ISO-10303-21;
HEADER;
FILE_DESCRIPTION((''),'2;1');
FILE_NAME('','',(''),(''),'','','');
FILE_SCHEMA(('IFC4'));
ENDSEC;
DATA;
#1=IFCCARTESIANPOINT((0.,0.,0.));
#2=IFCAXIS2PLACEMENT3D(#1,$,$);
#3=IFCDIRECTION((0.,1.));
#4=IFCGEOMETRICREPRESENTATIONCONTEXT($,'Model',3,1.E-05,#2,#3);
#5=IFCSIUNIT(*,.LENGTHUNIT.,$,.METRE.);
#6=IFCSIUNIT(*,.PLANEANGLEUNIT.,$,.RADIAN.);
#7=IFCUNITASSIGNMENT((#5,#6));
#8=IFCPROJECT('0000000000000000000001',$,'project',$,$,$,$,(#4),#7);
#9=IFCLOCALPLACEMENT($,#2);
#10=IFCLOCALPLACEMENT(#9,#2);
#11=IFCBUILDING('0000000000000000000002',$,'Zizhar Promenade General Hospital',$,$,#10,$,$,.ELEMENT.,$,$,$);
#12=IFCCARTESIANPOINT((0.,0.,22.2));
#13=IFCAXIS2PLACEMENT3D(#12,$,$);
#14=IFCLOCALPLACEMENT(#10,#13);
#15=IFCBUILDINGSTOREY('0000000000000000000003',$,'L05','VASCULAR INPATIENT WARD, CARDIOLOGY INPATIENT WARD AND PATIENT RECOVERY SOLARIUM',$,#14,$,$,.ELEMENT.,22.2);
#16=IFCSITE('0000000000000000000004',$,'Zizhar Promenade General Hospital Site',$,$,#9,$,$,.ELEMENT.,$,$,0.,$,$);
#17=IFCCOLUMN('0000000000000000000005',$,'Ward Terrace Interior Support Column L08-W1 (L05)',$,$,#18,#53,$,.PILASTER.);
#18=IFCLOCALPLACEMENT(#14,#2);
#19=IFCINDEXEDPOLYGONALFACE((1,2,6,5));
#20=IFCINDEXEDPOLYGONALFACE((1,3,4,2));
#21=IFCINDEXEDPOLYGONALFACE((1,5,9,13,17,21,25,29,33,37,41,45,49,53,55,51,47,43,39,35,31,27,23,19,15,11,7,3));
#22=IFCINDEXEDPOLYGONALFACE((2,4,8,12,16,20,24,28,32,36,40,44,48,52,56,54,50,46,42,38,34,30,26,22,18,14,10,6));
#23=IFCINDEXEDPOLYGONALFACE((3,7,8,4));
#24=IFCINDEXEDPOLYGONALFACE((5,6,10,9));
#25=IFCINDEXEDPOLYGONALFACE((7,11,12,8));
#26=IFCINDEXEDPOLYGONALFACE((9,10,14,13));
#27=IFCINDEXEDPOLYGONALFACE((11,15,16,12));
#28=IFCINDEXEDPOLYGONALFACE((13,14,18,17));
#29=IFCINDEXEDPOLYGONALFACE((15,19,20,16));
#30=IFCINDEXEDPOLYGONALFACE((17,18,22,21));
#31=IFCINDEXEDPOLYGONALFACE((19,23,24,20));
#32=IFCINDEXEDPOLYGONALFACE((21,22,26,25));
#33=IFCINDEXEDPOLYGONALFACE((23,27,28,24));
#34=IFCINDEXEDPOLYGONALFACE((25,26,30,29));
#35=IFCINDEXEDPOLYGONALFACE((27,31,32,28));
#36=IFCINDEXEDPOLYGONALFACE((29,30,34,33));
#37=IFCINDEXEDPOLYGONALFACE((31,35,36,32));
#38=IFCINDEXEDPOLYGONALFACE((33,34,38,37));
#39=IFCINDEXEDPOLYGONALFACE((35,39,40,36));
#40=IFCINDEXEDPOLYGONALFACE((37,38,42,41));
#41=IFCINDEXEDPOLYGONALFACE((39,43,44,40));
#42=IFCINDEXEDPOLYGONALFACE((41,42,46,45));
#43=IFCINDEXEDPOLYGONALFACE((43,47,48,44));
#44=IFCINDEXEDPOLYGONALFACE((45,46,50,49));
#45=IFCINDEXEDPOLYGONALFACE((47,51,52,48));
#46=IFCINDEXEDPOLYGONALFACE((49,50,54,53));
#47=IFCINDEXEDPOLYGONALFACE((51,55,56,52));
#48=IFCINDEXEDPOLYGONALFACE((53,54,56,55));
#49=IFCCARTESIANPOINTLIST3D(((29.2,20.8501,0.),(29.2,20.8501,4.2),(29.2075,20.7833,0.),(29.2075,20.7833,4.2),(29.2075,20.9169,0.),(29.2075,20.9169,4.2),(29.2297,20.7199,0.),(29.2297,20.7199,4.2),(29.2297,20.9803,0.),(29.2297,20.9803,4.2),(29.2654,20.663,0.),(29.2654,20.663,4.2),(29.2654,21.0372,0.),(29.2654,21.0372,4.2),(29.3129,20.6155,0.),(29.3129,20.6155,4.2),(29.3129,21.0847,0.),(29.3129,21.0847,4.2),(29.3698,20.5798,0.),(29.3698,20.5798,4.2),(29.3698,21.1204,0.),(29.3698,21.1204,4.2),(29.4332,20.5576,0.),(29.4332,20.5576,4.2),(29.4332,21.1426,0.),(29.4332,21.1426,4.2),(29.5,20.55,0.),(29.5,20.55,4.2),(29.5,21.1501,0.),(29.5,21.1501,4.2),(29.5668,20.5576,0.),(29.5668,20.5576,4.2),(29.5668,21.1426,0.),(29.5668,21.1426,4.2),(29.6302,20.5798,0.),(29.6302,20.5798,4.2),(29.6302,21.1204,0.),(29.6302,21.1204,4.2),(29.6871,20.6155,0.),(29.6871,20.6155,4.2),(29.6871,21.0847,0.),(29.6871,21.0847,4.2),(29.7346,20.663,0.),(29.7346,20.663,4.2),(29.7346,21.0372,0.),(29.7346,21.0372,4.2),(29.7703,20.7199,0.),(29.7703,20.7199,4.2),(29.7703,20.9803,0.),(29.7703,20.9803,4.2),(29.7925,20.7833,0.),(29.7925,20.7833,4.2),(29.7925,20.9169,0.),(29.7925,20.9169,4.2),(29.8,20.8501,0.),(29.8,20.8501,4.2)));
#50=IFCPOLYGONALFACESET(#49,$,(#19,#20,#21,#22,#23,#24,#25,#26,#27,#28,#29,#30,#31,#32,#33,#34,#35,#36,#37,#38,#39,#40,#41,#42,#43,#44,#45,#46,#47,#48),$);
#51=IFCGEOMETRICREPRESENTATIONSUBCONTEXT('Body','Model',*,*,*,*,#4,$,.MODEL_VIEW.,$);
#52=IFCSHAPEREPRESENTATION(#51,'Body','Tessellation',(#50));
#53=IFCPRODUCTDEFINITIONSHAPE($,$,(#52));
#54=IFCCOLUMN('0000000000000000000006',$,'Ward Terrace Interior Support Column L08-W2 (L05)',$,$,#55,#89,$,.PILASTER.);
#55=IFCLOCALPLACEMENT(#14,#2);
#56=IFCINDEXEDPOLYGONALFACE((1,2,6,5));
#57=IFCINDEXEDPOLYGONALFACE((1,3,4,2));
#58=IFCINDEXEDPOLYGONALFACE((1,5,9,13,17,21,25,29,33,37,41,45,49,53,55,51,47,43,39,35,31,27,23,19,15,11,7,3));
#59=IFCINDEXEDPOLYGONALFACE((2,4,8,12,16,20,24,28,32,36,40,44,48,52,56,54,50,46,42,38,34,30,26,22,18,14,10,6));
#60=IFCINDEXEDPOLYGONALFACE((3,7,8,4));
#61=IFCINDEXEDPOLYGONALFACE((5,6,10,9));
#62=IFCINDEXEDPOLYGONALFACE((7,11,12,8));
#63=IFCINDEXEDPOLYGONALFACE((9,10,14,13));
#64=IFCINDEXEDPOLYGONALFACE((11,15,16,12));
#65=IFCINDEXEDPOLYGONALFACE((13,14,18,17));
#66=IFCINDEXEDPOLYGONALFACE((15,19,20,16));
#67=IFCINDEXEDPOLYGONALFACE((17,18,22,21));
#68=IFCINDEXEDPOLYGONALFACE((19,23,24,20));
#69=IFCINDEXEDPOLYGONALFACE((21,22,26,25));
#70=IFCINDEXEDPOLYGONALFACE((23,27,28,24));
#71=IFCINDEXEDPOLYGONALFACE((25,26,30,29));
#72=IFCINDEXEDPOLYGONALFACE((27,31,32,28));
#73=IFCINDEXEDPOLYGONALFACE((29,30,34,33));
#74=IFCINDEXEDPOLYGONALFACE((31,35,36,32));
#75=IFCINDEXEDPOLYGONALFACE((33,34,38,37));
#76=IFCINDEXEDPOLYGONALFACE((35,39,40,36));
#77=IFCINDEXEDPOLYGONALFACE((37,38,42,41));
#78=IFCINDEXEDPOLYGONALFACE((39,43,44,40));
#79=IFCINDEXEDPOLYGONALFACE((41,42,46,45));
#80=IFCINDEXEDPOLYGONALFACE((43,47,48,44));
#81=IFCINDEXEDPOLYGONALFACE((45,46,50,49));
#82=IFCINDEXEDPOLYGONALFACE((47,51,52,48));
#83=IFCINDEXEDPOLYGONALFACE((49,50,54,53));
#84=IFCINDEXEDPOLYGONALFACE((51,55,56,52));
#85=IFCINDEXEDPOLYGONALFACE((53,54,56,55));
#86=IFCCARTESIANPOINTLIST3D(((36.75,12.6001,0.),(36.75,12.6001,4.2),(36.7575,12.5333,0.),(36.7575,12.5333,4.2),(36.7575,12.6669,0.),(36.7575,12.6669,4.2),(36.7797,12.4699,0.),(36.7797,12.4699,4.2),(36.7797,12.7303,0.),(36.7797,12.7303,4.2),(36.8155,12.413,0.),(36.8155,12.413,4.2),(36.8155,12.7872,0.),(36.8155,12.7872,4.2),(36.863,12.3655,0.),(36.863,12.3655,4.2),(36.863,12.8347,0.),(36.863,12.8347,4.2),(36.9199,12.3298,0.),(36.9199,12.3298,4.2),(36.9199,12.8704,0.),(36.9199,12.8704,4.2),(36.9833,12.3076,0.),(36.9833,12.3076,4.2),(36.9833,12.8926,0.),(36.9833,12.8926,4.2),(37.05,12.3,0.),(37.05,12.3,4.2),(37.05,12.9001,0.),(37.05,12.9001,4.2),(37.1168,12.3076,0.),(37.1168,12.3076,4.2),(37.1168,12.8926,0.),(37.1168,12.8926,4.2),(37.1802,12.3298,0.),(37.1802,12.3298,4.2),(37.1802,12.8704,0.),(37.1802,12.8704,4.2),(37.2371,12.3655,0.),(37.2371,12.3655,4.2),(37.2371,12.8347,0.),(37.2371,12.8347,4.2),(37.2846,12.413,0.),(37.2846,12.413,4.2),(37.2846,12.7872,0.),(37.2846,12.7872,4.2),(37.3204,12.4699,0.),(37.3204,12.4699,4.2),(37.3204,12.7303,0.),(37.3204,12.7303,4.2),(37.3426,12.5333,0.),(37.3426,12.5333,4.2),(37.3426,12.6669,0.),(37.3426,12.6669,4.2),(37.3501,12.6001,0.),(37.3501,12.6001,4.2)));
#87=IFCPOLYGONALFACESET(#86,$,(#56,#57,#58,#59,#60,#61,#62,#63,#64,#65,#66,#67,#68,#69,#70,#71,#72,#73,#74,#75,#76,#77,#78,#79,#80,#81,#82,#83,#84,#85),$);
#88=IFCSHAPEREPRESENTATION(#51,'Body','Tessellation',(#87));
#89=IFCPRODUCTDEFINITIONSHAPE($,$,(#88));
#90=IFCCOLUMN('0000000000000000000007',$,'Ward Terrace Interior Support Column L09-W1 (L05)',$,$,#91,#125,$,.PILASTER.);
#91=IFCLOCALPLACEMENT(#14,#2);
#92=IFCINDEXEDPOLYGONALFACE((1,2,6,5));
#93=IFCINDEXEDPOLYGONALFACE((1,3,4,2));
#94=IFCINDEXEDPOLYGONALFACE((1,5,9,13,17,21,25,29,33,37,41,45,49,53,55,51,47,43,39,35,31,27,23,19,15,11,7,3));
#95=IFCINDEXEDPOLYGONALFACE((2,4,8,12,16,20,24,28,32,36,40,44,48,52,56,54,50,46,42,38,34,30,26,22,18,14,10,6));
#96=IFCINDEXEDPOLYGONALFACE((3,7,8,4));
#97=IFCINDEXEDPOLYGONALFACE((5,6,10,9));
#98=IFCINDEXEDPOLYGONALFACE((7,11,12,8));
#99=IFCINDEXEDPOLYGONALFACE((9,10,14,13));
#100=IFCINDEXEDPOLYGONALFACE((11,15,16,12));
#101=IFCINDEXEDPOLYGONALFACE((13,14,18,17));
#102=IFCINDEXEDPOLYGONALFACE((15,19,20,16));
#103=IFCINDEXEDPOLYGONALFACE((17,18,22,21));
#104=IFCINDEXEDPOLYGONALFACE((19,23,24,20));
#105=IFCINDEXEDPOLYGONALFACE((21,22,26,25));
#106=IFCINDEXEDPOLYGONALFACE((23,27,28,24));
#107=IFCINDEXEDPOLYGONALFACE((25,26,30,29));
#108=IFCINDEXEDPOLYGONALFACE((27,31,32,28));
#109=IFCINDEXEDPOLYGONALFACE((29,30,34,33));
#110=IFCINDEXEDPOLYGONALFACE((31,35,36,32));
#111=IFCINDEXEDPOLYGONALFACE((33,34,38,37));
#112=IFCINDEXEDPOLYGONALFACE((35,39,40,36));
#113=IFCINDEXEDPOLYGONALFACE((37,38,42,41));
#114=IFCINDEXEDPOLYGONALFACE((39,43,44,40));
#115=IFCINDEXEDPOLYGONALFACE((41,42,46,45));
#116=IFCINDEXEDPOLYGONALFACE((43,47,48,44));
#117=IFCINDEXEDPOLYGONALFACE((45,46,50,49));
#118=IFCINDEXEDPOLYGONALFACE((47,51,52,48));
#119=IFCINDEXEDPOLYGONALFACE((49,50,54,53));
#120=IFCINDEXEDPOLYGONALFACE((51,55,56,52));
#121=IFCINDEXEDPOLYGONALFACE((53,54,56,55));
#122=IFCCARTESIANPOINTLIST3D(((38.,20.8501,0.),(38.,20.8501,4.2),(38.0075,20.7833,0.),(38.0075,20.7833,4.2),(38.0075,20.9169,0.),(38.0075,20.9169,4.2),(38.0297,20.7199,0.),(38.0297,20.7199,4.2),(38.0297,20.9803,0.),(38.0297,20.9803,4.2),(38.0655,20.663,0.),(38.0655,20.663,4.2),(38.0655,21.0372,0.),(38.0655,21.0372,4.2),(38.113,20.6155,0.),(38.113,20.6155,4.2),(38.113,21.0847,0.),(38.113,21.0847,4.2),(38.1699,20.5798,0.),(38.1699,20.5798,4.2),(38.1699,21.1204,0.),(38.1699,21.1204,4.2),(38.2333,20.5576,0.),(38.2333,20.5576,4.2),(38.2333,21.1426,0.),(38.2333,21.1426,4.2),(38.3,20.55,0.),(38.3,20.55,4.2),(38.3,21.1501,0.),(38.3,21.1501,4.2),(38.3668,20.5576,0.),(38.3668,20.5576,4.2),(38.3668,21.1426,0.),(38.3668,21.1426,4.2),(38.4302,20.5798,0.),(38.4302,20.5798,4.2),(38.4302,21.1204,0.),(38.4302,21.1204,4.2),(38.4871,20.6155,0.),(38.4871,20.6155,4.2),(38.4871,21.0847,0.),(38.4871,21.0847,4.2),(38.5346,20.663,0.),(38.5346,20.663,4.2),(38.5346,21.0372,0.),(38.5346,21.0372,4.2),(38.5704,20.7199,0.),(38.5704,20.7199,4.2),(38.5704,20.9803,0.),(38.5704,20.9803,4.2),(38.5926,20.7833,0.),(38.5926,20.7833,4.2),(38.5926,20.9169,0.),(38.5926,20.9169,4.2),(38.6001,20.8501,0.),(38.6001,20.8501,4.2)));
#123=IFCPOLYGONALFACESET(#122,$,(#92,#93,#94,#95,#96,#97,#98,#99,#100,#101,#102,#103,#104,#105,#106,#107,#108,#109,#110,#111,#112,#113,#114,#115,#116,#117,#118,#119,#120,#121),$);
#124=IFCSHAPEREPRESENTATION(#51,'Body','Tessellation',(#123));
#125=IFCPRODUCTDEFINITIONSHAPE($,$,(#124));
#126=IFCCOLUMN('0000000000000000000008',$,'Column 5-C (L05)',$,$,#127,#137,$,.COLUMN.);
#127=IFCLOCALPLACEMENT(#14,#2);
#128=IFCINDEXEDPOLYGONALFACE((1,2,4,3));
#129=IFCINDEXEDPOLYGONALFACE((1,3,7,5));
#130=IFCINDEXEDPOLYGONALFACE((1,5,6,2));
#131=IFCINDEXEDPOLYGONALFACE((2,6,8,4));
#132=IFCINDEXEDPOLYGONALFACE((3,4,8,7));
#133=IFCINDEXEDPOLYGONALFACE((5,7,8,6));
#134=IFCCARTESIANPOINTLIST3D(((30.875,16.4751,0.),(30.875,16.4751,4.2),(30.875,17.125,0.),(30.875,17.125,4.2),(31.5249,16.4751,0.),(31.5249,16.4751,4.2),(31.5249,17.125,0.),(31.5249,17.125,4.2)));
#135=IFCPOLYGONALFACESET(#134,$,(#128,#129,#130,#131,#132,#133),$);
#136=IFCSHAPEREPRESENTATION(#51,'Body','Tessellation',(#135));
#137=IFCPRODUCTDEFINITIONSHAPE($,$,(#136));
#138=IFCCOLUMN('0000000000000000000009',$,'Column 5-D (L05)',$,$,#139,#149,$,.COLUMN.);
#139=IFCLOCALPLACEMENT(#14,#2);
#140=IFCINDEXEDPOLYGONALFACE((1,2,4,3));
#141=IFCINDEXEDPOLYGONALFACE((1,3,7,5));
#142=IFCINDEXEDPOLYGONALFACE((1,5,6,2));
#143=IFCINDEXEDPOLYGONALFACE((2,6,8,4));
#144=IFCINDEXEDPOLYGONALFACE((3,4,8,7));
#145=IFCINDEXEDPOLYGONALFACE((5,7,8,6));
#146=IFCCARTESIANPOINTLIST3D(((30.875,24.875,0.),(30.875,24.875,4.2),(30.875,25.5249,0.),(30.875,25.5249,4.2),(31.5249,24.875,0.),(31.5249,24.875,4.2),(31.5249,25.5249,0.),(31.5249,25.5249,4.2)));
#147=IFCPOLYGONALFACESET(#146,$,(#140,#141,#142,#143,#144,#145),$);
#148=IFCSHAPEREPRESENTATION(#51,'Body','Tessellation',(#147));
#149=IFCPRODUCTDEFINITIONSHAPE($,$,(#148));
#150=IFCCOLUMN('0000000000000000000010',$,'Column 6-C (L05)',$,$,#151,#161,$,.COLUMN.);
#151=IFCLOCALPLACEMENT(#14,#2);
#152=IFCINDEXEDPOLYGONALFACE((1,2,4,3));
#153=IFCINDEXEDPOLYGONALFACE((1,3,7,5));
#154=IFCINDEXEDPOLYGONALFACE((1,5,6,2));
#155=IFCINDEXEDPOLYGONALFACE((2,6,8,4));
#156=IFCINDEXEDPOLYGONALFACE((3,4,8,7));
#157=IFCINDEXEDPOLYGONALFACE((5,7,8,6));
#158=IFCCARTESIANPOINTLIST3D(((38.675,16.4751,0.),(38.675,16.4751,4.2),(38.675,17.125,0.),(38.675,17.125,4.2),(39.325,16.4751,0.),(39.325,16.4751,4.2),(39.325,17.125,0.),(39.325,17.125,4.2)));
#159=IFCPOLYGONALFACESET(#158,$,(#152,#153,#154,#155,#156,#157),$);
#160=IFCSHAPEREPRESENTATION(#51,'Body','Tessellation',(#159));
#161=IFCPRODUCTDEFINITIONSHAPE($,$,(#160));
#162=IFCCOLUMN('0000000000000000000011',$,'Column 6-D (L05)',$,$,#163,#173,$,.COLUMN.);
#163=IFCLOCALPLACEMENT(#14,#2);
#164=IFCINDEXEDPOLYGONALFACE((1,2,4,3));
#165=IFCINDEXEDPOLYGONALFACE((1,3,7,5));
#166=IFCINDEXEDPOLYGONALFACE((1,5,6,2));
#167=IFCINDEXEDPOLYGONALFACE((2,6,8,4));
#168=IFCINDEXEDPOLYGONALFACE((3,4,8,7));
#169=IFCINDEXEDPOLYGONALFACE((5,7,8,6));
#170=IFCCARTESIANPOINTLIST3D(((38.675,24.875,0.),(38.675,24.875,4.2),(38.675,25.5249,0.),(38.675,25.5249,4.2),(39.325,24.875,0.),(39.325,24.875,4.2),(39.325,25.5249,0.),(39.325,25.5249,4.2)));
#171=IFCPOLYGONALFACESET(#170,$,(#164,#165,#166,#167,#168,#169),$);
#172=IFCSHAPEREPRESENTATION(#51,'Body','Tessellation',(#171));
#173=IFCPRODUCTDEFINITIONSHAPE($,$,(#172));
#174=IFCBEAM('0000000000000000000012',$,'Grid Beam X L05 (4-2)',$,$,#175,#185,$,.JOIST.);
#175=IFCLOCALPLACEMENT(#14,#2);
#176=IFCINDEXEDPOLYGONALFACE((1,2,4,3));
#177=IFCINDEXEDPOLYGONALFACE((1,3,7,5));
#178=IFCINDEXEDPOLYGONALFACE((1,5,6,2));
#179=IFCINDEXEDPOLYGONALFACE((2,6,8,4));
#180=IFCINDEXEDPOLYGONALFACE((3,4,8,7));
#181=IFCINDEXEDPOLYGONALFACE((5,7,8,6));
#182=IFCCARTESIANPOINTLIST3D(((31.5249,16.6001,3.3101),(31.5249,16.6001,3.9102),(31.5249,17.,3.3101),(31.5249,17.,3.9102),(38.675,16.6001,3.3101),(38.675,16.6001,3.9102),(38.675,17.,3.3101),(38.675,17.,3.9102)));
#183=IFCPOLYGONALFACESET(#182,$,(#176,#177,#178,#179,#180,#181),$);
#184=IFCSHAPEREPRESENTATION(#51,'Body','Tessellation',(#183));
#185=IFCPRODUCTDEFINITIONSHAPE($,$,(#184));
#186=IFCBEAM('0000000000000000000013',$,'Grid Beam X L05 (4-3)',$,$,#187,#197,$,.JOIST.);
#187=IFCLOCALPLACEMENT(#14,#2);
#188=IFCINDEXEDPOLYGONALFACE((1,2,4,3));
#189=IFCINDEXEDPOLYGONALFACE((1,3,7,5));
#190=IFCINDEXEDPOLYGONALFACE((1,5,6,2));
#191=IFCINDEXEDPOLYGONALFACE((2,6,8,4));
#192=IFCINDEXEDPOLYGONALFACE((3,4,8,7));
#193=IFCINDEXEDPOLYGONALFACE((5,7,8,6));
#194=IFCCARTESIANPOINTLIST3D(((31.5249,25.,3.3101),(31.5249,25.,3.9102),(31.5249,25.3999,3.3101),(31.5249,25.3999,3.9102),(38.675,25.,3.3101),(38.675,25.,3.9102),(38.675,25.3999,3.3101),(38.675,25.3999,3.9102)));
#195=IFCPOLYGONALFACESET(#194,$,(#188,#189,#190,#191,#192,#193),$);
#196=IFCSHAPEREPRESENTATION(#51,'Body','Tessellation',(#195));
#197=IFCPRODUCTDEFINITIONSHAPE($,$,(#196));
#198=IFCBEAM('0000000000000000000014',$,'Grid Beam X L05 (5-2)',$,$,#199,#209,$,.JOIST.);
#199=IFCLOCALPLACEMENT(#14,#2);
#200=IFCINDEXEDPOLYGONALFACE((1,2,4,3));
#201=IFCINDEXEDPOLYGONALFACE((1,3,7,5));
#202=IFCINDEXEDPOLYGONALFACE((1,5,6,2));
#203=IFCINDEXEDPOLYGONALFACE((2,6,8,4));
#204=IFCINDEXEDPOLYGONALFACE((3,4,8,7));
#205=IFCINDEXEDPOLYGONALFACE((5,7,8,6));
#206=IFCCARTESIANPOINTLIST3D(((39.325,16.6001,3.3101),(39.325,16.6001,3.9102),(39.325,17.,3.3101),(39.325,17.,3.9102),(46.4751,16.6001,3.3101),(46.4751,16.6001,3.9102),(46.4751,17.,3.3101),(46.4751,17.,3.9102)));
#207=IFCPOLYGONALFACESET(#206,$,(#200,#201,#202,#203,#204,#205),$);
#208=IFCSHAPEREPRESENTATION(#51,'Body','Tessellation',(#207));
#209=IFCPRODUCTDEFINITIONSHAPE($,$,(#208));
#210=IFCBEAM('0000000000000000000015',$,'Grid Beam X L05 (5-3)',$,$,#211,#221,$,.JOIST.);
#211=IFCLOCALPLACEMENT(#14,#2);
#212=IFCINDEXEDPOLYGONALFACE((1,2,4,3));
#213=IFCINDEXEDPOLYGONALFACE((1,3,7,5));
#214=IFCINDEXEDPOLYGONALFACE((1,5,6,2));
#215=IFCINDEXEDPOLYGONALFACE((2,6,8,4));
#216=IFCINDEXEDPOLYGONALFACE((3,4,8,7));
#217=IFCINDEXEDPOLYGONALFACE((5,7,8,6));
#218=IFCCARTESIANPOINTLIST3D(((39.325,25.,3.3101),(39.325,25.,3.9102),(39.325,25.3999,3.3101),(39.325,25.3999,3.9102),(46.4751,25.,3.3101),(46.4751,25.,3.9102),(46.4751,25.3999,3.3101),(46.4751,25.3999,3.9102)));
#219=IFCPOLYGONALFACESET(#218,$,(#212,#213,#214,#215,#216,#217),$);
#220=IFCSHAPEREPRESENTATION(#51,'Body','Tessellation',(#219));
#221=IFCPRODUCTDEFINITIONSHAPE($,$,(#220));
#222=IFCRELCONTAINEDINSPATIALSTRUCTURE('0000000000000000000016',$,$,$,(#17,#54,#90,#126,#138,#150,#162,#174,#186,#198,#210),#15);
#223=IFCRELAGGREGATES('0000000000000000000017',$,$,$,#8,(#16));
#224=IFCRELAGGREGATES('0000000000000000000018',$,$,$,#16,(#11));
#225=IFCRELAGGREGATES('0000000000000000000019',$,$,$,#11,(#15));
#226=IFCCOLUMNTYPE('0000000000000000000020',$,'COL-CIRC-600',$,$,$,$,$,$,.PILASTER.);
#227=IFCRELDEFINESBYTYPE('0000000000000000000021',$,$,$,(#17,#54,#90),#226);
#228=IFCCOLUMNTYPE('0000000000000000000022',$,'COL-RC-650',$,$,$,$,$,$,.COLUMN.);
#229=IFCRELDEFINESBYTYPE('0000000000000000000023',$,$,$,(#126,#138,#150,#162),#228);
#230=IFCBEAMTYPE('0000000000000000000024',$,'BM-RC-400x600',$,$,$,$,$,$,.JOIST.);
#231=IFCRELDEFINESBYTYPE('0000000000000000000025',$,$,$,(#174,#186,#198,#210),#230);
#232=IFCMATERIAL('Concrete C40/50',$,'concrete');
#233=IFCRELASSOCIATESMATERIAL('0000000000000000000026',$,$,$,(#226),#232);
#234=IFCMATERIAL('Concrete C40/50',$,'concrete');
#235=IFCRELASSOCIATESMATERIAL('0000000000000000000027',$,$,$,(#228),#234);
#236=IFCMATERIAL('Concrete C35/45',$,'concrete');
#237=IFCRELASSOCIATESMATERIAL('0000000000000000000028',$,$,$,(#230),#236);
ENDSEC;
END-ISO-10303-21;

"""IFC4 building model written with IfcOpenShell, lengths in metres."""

from ifc_helpers import new_model, si_unit, direction, frame, origin, origin_2d, place, context, subcontext, project, spatial, rectangle, circle, extrude, material, material_profile, profile_set, type_object, element, save


model = new_model("IFC4")

# Units and contexts
model_context = context("Model", 3, precision=1e-05, world=origin(), true_north=direction((0.0, 1.0)))
body_context = subcontext(model_context, "Body", "Model", "MODEL_VIEW")
ifc_project = project(units=[si_unit("LENGTHUNIT", "METRE"), si_unit("PLANEANGLEUNIT", "RADIAN")], contexts=[model_context])

# Site, building, storey
site_placement = place(None, origin())
site = spatial("IfcSite", under=ifc_project, at=site_placement, Name="Zizhar Promenade General Hospital Site", CompositionType="ELEMENT", RefElevation=0.0)
building_placement = place(site_placement, origin())
building = spatial("IfcBuilding", under=site, at=building_placement, Name="Zizhar Promenade General Hospital", CompositionType="ELEMENT")
storey_placement = place(building_placement, frame((0.0, 0.0, 22.2)))
storey = spatial("IfcBuildingStorey", under=building, at=storey_placement, Name="L05", Description="VASCULAR INPATIENT WARD, CARDIOLOGY INPATIENT WARD AND PATIENT RECOVERY SOLARIUM", CompositionType="ELEMENT", Elevation=22.2)

# Columns
ifc_material_1 = material(Name="Concrete C40/50", Category="concrete")
ifc_material_profile_1 = material_profile(ifc_material_1, circle(Radius=0.3, at=origin_2d()))
ifc_profile_set_1 = profile_set([ifc_material_profile_1], Name="Concrete C40/50")
column_type_1 = type_object("IfcColumnType", Name="COL-CIRC-600", PredefinedType="PILASTER", material=ifc_profile_set_1)
for number, where, z_axis, x_axis, name in (
    (1, (29.5, 20.8501, 0.0), (0.0, 0.0, 1.0), (1.0, 0.0, 0.0), "Ward Terrace Interior Support Column L08-W1 (L05)"),
    (2, (37.05, 12.6001, 0.0), (0.0, 0.0, 1.0), (1.0, 0.0, 0.0), "Ward Terrace Interior Support Column L08-W2 (L05)"),
    (3, (38.3, 20.8501, 0.0), (0.0, 0.0, 1.0), (1.0, 0.0, 0.0), "Ward Terrace Interior Support Column L09-W1 (L05)"),
):
    element("IfcColumn", number, at=place(storey_placement, frame(where, z_axis=z_axis, x_axis=x_axis)), inside=storey, type_object=column_type_1, Name=name, PredefinedType="PILASTER", context=body_context, shape_type="SweptSolid", body=[
        extrude(circle(Radius=0.3, at=origin_2d()), origin(), (0.0, 0.0, 1.0), 4.2),
    ])
ifc_material_2 = material(Name="Concrete C40/50", Category="concrete")
ifc_material_profile_2 = material_profile(ifc_material_2, rectangle(XDim=0.6499, YDim=0.6499, at=origin_2d()))
ifc_profile_set_2 = profile_set([ifc_material_profile_2], Name="Concrete C40/50")
column_type_2 = type_object("IfcColumnType", Name="COL-RC-650", PredefinedType="COLUMN", material=ifc_profile_set_2)
for number, where, z_axis, x_axis, name in (
    (4, (31.2, 16.8, 0.0), (0.0, 0.0, 1.0), (1.0, 0.0, 0.0), "Column 5-C (L05)"),
    (5, (31.2, 25.2, 0.0), (0.0, 0.0, 1.0), (1.0, 0.0, 0.0), "Column 5-D (L05)"),
    (6, (39.0, 16.8, 0.0), (0.0, 0.0, 1.0), (1.0, 0.0, 0.0), "Column 6-C (L05)"),
    (7, (39.0, 25.2, 0.0), (0.0, 0.0, 1.0), (1.0, 0.0, 0.0), "Column 6-D (L05)"),
):
    element("IfcColumn", number, at=place(storey_placement, frame(where, z_axis=z_axis, x_axis=x_axis)), inside=storey, type_object=column_type_2, Name=name, PredefinedType="COLUMN", context=body_context, shape_type="SweptSolid", body=[
        extrude(rectangle(XDim=0.6499, YDim=0.6499, at=origin_2d()), origin(), (0.0, 0.0, 1.0), 4.2),
    ])

# Beams
ifc_material_3 = material(Name="Concrete C35/45", Category="concrete")
ifc_material_profile_3 = material_profile(ifc_material_3, rectangle(XDim=0.3999, YDim=0.6001, at=origin_2d()))
ifc_profile_set_3 = profile_set([ifc_material_profile_3], Name="Concrete C35/45")
beam_type_1 = type_object("IfcBeamType", Name="BM-RC-400x600", PredefinedType="JOIST", material=ifc_profile_set_3)
for number, where, z_axis, x_axis, name in (
    (8, (31.5249, 16.8, 3.6101), (1.0, 0.0, 0.0), (0.0, 1.0, 0.0), "Grid Beam X L05 (4-2)"),
    (9, (31.5249, 25.2, 3.6101), (1.0, 0.0, 0.0), (0.0, 1.0, 0.0), "Grid Beam X L05 (4-3)"),
    (10, (39.325, 16.8, 3.6101), (1.0, 0.0, 0.0), (0.0, 1.0, 0.0), "Grid Beam X L05 (5-2)"),
    (11, (39.325, 25.2, 3.6101), (1.0, 0.0, 0.0), (0.0, 1.0, 0.0), "Grid Beam X L05 (5-3)"),
):
    element("IfcBeam", number, at=place(storey_placement, frame(where, z_axis=z_axis, x_axis=x_axis)), inside=storey, type_object=beam_type_1, Name=name, PredefinedType="JOIST", context=body_context, shape_type="SweptSolid", body=[
        extrude(rectangle(XDim=0.3999, YDim=0.6001, at=origin_2d()), origin(), (0.0, 0.0, 1.0), 7.1501),
    ])

save(model, "model.ifc")
